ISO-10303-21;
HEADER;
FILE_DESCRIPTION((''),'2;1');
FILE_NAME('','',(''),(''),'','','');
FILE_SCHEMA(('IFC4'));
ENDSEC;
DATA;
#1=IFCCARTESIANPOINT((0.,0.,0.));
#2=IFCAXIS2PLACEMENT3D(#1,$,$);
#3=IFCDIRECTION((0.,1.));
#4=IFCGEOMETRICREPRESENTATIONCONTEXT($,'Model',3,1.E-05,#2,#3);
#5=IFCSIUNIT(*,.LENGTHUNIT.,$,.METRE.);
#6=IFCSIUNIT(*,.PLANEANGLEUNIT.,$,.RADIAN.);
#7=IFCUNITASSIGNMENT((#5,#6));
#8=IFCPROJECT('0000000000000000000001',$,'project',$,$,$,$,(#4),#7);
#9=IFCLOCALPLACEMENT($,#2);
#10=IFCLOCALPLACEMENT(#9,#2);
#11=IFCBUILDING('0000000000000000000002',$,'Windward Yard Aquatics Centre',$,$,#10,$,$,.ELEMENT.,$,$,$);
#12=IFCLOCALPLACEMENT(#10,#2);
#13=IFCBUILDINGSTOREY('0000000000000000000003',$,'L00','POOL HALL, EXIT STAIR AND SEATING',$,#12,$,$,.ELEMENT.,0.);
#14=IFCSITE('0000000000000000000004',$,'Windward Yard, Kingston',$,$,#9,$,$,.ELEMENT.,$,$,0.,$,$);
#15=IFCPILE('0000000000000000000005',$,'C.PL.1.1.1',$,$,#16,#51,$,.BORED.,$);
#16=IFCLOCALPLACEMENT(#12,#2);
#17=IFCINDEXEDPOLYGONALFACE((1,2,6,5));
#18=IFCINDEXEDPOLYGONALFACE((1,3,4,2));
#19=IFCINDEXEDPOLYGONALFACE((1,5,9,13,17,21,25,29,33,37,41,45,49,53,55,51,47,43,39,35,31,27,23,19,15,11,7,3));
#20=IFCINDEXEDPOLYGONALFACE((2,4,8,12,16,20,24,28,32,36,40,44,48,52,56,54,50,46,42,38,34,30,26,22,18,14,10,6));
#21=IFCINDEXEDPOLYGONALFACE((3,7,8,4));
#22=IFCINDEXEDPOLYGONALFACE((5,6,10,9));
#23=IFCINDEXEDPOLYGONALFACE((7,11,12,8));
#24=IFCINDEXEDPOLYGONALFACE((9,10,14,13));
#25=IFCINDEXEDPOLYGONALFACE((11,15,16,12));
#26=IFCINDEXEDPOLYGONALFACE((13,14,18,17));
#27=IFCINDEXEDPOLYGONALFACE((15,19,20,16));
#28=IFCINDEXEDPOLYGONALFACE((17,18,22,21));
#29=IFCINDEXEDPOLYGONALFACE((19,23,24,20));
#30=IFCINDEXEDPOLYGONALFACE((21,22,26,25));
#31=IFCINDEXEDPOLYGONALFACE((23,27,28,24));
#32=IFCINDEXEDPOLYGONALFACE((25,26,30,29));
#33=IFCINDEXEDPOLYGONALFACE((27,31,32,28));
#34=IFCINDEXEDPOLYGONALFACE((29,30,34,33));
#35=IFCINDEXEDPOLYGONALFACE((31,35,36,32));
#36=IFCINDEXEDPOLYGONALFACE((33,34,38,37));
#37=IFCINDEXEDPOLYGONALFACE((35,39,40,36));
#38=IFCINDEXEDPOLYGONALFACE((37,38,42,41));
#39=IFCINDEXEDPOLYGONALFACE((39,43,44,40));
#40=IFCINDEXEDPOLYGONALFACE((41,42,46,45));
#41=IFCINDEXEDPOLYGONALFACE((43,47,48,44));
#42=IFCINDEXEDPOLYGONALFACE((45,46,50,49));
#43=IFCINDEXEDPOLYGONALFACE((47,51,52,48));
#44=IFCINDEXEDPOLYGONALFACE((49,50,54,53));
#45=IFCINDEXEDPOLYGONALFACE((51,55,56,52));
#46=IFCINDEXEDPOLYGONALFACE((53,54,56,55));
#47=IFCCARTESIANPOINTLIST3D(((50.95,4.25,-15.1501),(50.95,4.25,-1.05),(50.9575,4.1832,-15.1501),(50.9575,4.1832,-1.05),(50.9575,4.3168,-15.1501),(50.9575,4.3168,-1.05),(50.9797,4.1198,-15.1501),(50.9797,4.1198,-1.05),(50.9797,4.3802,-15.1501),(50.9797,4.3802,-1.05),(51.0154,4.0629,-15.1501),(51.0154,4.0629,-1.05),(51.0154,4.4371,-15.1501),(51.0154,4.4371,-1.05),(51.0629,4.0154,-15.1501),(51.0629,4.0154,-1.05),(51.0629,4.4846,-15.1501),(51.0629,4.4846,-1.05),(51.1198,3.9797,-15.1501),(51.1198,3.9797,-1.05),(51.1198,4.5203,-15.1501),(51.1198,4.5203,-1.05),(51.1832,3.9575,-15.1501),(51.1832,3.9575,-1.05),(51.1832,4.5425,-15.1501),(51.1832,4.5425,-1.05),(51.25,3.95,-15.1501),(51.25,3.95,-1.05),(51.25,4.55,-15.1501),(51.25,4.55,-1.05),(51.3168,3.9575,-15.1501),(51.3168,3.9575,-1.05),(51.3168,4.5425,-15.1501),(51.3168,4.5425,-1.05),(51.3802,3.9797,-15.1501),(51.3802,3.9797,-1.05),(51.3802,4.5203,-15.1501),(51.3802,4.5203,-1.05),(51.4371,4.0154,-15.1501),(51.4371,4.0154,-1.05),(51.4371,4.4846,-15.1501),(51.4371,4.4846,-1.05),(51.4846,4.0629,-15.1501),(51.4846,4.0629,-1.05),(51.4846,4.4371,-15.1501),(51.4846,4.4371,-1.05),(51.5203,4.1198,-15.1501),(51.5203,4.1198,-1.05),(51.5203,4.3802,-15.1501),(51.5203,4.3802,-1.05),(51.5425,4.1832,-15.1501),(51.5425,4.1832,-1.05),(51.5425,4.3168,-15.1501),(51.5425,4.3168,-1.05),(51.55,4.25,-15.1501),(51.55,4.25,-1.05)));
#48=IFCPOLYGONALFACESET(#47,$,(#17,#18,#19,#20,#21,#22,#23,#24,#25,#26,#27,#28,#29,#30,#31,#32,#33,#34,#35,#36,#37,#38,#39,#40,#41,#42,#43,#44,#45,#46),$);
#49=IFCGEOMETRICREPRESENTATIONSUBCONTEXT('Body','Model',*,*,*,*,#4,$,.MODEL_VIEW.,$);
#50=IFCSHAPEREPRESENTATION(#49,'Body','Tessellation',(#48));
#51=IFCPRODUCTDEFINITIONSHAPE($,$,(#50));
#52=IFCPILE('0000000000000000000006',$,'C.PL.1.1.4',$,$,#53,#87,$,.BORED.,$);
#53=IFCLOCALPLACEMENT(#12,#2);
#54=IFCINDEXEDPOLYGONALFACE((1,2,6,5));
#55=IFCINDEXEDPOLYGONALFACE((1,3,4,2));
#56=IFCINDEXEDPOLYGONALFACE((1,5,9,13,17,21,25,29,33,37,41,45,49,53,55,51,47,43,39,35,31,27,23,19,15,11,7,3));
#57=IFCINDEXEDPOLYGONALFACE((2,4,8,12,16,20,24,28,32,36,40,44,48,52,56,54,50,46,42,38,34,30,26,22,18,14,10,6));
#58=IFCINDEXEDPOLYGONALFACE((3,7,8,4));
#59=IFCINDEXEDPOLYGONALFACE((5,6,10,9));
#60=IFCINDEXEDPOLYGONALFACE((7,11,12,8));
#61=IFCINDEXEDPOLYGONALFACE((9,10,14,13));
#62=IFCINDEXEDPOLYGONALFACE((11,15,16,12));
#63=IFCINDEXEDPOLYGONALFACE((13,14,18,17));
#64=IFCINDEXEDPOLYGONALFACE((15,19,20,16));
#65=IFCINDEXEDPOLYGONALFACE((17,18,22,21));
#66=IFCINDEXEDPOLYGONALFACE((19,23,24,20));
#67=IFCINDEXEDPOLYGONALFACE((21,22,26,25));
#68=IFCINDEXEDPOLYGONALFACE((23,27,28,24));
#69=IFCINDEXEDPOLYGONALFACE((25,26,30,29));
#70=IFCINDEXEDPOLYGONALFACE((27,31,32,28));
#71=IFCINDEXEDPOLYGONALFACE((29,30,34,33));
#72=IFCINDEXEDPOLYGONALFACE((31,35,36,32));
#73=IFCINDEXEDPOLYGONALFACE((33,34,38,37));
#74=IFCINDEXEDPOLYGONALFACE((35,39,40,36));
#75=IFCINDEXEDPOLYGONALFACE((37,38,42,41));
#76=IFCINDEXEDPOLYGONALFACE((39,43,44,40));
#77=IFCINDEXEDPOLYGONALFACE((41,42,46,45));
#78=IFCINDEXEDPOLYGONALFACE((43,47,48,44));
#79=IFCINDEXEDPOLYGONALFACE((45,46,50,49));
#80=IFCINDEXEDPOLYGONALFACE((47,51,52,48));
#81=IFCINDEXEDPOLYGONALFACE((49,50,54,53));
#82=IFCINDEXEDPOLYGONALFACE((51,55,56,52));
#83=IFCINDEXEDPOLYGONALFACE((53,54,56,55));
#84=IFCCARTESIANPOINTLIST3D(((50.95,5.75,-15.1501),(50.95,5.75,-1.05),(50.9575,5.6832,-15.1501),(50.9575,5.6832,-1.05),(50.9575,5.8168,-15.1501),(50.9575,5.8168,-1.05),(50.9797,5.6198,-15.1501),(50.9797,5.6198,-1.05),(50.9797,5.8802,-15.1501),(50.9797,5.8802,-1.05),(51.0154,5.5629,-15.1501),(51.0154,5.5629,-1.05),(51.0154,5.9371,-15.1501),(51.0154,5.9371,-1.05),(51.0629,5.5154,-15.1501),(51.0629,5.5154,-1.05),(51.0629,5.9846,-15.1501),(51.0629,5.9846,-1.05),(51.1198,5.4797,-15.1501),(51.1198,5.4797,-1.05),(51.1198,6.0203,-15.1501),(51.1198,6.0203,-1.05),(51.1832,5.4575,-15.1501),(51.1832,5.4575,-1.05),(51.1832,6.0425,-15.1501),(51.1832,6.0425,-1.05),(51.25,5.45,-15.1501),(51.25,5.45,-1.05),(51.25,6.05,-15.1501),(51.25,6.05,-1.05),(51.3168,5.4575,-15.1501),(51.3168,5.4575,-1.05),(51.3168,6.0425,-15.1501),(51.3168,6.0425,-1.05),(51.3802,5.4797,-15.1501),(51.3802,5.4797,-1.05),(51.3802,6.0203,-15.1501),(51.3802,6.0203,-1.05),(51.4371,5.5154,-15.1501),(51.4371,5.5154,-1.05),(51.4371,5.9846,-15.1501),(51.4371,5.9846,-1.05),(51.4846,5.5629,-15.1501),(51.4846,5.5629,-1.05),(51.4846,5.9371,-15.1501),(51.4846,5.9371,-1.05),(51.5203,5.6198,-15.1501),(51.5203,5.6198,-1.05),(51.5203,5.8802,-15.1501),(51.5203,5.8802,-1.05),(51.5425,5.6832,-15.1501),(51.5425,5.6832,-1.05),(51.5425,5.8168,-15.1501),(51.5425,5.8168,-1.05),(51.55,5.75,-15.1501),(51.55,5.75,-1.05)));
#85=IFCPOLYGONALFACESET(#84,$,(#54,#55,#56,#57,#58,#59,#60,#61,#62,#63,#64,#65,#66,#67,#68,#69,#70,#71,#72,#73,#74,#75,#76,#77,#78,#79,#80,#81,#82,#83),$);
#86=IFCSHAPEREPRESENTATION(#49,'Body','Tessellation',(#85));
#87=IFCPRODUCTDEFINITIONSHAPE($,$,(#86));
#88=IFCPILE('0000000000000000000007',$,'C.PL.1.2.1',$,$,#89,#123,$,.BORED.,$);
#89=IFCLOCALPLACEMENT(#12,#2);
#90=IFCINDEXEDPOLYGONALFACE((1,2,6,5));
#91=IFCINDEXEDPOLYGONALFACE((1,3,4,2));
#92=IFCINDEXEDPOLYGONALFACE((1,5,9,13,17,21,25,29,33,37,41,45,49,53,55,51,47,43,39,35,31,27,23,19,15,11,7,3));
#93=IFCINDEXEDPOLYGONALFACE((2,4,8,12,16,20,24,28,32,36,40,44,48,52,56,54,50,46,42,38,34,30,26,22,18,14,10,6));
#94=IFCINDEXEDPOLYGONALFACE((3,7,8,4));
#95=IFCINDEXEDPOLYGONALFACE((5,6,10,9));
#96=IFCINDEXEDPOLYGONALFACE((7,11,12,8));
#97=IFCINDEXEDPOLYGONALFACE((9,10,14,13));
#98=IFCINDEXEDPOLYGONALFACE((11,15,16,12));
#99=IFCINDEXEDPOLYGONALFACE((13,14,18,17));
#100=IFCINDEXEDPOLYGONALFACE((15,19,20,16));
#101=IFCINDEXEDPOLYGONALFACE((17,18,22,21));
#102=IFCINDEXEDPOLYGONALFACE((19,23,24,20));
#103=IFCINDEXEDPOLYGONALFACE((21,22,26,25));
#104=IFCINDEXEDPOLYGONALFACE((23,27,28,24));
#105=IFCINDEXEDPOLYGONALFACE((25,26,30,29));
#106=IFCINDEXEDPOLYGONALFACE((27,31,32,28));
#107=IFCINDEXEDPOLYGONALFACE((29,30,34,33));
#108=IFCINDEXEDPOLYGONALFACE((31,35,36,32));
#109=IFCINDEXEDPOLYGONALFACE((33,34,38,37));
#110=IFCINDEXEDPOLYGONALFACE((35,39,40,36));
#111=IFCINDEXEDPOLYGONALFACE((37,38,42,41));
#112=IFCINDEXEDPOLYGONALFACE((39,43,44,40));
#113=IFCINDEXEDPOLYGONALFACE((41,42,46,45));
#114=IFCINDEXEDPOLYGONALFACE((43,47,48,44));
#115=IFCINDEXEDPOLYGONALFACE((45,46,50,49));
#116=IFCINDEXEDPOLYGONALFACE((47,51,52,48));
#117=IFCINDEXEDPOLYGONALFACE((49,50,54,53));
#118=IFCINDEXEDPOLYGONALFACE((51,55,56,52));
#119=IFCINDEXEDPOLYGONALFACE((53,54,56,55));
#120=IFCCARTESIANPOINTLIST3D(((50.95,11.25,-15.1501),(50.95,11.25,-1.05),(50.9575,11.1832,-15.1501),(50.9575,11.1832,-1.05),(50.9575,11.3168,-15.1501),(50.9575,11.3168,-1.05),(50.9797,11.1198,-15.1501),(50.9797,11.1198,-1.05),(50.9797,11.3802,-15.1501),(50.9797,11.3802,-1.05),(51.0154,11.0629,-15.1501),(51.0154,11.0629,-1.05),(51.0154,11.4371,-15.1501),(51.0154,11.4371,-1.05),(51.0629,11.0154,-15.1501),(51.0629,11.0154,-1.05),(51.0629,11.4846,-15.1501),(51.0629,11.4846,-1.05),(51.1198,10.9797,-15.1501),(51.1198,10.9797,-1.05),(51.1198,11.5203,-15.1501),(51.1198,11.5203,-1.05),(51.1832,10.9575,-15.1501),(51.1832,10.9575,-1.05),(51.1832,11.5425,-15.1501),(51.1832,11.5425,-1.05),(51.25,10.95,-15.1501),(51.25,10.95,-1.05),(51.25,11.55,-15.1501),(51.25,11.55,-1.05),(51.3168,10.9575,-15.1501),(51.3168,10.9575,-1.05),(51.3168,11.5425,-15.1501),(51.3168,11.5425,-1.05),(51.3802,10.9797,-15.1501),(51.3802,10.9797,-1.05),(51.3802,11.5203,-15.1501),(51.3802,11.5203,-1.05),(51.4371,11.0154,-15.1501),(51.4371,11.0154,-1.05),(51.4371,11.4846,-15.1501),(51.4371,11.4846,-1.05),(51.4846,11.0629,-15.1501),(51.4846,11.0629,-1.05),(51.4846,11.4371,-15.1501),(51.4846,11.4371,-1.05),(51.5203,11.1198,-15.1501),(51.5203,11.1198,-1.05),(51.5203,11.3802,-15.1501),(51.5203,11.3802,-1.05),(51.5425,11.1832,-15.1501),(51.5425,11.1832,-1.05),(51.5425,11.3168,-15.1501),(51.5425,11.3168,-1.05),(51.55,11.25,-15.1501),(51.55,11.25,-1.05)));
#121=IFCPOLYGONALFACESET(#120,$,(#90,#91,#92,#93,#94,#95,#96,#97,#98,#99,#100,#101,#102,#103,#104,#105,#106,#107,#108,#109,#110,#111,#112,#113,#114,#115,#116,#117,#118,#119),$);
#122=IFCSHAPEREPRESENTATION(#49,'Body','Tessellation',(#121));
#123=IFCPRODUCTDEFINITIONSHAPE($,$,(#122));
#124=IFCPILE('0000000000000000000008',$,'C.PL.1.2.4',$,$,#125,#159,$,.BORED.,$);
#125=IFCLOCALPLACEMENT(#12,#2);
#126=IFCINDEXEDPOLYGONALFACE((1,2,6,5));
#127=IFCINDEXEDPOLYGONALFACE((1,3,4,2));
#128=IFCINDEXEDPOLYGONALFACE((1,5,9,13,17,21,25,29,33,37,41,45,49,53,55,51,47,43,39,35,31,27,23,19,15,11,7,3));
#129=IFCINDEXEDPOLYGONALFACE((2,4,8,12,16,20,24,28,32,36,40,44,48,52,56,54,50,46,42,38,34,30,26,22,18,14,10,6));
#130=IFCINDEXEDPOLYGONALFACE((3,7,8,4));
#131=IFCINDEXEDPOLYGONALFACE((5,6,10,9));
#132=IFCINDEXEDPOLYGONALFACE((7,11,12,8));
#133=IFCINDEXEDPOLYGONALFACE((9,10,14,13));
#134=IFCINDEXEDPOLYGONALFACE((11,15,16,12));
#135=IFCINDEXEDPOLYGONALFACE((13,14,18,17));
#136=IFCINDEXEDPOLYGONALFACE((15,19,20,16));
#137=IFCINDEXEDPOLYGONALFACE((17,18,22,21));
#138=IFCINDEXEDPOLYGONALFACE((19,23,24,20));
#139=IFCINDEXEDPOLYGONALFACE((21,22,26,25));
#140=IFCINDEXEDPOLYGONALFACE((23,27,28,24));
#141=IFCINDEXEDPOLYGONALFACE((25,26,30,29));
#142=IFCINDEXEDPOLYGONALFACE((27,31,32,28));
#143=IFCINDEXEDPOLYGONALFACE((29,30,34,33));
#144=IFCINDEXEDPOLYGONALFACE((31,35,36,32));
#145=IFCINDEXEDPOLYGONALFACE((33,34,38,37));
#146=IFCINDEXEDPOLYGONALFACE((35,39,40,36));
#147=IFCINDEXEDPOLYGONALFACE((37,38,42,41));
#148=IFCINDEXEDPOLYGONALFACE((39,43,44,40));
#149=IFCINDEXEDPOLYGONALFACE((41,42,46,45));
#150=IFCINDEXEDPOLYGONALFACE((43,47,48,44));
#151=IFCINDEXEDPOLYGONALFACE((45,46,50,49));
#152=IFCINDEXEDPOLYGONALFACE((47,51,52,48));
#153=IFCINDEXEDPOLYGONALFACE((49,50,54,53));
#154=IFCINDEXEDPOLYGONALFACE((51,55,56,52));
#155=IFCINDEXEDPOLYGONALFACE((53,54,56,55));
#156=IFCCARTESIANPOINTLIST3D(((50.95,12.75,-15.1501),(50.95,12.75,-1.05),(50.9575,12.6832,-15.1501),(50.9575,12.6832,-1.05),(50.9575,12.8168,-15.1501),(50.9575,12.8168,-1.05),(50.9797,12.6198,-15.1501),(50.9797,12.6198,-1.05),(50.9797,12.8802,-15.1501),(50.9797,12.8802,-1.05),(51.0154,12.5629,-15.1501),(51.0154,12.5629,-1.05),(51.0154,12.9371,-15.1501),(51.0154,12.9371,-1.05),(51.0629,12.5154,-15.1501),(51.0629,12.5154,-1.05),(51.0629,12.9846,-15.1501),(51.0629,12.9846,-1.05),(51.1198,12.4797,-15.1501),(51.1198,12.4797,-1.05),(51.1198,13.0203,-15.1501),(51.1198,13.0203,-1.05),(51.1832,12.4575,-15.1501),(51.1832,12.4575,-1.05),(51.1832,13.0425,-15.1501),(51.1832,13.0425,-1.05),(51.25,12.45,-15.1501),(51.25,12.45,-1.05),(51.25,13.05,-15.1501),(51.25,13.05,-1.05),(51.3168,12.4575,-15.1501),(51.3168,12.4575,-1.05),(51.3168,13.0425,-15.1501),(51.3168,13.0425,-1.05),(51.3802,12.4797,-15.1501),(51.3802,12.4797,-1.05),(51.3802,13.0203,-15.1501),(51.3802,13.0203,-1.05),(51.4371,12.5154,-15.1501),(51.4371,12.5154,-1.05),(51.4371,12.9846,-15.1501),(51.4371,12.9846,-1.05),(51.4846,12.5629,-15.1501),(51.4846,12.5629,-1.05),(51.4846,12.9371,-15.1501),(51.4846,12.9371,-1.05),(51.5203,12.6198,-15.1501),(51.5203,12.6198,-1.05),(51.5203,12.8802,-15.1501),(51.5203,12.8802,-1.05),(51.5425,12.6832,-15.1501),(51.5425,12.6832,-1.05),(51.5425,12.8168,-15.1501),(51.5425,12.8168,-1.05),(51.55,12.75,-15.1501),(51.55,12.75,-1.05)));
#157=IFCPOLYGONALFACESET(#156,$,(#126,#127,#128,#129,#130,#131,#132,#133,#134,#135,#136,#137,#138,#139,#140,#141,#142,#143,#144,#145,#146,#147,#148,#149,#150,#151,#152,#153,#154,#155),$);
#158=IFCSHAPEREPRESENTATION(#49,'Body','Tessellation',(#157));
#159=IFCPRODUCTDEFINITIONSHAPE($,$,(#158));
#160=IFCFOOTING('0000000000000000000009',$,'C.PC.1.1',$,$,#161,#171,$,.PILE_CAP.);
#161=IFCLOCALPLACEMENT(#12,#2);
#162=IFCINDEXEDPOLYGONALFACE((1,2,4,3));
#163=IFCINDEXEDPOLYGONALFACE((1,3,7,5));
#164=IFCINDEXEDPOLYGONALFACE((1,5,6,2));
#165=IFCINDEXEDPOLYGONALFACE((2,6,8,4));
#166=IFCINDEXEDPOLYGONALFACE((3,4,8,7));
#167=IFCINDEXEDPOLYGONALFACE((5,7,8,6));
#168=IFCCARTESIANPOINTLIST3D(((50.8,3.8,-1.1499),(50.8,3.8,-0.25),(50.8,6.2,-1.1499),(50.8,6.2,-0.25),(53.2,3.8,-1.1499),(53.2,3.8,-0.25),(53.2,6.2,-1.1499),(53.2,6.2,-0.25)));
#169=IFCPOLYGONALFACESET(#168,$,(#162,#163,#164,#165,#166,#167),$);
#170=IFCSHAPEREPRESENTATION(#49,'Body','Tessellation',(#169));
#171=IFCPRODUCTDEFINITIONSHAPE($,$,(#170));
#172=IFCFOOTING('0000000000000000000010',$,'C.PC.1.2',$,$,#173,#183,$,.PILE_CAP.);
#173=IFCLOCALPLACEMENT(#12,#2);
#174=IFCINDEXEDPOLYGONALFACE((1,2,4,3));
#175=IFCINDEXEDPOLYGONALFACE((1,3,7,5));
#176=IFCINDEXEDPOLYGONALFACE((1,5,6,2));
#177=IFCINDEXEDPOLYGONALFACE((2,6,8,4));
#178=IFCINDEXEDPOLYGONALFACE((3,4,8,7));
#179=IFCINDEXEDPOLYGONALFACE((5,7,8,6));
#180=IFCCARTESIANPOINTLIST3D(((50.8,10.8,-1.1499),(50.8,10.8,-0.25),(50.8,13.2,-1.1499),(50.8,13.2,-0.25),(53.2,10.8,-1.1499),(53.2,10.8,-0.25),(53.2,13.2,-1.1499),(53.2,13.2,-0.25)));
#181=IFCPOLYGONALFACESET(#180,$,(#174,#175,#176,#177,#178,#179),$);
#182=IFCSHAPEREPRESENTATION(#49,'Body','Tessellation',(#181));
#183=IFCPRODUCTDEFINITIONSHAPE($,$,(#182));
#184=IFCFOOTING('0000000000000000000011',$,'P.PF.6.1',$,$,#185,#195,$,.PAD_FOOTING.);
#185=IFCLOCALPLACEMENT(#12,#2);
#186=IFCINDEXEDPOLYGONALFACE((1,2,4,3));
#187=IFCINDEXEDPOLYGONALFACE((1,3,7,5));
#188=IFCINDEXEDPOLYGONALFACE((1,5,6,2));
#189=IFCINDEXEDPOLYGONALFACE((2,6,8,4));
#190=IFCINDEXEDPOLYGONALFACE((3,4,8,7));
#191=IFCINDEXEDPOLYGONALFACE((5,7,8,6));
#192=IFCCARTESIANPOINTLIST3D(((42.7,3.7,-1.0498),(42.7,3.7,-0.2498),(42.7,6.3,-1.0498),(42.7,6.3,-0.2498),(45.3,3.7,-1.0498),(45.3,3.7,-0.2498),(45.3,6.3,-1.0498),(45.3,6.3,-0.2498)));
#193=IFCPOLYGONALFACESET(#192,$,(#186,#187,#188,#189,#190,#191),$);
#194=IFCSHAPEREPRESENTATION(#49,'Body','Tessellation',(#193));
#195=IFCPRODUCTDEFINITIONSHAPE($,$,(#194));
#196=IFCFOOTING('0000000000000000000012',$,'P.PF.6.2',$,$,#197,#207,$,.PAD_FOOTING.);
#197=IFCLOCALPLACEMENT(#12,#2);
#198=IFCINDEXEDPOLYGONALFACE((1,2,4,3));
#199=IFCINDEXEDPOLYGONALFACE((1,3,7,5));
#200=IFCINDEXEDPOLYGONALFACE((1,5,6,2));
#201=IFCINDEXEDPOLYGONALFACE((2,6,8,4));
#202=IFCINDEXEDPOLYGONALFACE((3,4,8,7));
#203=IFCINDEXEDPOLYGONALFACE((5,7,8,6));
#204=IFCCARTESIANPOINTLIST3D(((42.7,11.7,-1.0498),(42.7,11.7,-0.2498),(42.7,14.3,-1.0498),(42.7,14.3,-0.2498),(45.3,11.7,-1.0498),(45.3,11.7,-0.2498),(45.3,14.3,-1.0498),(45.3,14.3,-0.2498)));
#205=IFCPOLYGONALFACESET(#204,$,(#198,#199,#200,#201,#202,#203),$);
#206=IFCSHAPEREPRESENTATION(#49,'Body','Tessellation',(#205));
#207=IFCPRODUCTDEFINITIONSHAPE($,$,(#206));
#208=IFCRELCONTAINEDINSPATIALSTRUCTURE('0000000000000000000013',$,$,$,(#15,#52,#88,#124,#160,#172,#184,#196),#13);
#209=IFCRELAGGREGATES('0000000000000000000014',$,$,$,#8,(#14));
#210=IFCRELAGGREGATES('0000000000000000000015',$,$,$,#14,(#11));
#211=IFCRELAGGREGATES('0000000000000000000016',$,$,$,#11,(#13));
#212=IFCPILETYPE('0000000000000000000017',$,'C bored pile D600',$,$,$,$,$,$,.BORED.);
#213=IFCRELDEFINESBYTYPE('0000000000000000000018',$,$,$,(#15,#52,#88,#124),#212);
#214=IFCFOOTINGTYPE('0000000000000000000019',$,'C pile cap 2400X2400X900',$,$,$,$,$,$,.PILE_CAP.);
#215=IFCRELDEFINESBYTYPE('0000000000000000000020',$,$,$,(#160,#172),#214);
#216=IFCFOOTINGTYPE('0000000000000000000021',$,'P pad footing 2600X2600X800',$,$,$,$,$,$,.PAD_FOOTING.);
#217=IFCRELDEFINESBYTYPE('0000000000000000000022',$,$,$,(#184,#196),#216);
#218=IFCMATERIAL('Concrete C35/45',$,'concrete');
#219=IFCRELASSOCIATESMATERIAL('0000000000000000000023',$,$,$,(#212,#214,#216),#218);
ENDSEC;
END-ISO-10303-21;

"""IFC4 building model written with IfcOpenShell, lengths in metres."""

from ifc_helpers import new_model, si_unit, direction, frame, origin, origin_2d, place, context, subcontext, project, spatial, rectangle, circle, extrude, material, material_profile, profile_set, type_object, element, save


model = new_model("IFC4")

# Units and contexts
model_context = context("Model", 3, precision=1e-05, world=origin(), true_north=direction((0.0, 1.0)))
body_context = subcontext(model_context, "Body", "Model", "MODEL_VIEW")
ifc_project = project(units=[si_unit("LENGTHUNIT", "METRE"), si_unit("PLANEANGLEUNIT", "RADIAN")], contexts=[model_context])

# Site, building, storey
site_placement = place(None, origin())
site = spatial("IfcSite", under=ifc_project, at=site_placement, Name="Windward Yard, Kingston", CompositionType="ELEMENT", RefElevation=0.0)
building_placement = place(site_placement, origin())
building = spatial("IfcBuilding", under=site, at=building_placement, Name="Windward Yard Aquatics Centre", CompositionType="ELEMENT")
storey_placement = place(building_placement, origin())
storey = spatial("IfcBuildingStorey", under=building, at=storey_placement, Name="L00", Description="POOL HALL, EXIT STAIR AND SEATING", CompositionType="ELEMENT", Elevation=0.0)

# Piles
ifc_material_1 = material(Name="Concrete C35/45", Category="concrete")
ifc_material_profile_1 = material_profile(ifc_material_1, circle(Radius=0.3, at=origin_2d()), Name="RC D600")
ifc_profile_set_1 = profile_set([ifc_material_profile_1], Name="Concrete C35/45")
pile_type = type_object("IfcPileType", Name="C bored pile D600", PredefinedType="BORED", material=ifc_profile_set_1)
for number, where, z_axis, x_axis, name in (
    (1, (51.25, 4.25, -1.05), (0.0, 0.0, -1.0), (1.0, 0.0, 0.0), "C.PL.1.1.1"),
    (2, (51.25, 5.75, -1.05), (0.0, 0.0, -1.0), (1.0, 0.0, 0.0), "C.PL.1.1.4"),
    (3, (51.25, 11.25, -1.05), (0.0, 0.0, -1.0), (1.0, 0.0, 0.0), "C.PL.1.2.1"),
    (4, (51.25, 12.75, -1.05), (0.0, 0.0, -1.0), (1.0, 0.0, 0.0), "C.PL.1.2.4"),
):
    element("IfcPile", number, at=place(storey_placement, frame(where, z_axis=z_axis, x_axis=x_axis)), inside=storey, type_object=pile_type, Name=name, PredefinedType="BORED", context=body_context, shape_type="SweptSolid", body=[
        extrude(circle(Radius=0.3, at=origin_2d()), origin(), (0.0, 0.0, 1.0), 14.1001),
    ])

# Footings
footing_type_1 = type_object("IfcFootingType", Name="C pile cap 2400X2400X900", PredefinedType="PILE_CAP", material=ifc_material_1)
for number, where, z_axis, x_axis, name in (
    (5, (52.0, 5.0, -1.1499), (0.0, 0.0, 1.0), (1.0, 0.0, 0.0), "C.PC.1.1"),
    (6, (52.0, 12.0, -1.1499), (0.0, 0.0, 1.0), (1.0, 0.0, 0.0), "C.PC.1.2"),
):
    element("IfcFooting", number, at=place(storey_placement, frame(where, z_axis=z_axis, x_axis=x_axis)), inside=storey, type_object=footing_type_1, Name=name, PredefinedType="PILE_CAP", context=body_context, shape_type="SweptSolid", body=[
        extrude(rectangle(XDim=2.3999, YDim=2.3999, at=origin_2d()), origin(), (0.0, 0.0, 1.0), 0.8999),
    ])
footing_type_2 = type_object("IfcFootingType", Name="P pad footing 2600X2600X800", PredefinedType="PAD_FOOTING", material=ifc_material_1)
for number, where, z_axis, x_axis, name in (
    (7, (44.0, 5.0, -1.0498), (0.0, 0.0, 1.0), (1.0, 0.0, 0.0), "P.PF.6.1"),
    (8, (44.0, 13.0, -1.0498), (0.0, 0.0, 1.0), (1.0, 0.0, 0.0), "P.PF.6.2"),
):
    element("IfcFooting", number, at=place(storey_placement, frame(where, z_axis=z_axis, x_axis=x_axis)), inside=storey, type_object=footing_type_2, Name=name, PredefinedType="PAD_FOOTING", context=body_context, shape_type="SweptSolid", body=[
        extrude(rectangle(XDim=2.6001, YDim=2.6001, at=origin_2d()), origin(), (0.0, 0.0, 1.0), 0.8),
    ])

save(model, "model.ifc")
